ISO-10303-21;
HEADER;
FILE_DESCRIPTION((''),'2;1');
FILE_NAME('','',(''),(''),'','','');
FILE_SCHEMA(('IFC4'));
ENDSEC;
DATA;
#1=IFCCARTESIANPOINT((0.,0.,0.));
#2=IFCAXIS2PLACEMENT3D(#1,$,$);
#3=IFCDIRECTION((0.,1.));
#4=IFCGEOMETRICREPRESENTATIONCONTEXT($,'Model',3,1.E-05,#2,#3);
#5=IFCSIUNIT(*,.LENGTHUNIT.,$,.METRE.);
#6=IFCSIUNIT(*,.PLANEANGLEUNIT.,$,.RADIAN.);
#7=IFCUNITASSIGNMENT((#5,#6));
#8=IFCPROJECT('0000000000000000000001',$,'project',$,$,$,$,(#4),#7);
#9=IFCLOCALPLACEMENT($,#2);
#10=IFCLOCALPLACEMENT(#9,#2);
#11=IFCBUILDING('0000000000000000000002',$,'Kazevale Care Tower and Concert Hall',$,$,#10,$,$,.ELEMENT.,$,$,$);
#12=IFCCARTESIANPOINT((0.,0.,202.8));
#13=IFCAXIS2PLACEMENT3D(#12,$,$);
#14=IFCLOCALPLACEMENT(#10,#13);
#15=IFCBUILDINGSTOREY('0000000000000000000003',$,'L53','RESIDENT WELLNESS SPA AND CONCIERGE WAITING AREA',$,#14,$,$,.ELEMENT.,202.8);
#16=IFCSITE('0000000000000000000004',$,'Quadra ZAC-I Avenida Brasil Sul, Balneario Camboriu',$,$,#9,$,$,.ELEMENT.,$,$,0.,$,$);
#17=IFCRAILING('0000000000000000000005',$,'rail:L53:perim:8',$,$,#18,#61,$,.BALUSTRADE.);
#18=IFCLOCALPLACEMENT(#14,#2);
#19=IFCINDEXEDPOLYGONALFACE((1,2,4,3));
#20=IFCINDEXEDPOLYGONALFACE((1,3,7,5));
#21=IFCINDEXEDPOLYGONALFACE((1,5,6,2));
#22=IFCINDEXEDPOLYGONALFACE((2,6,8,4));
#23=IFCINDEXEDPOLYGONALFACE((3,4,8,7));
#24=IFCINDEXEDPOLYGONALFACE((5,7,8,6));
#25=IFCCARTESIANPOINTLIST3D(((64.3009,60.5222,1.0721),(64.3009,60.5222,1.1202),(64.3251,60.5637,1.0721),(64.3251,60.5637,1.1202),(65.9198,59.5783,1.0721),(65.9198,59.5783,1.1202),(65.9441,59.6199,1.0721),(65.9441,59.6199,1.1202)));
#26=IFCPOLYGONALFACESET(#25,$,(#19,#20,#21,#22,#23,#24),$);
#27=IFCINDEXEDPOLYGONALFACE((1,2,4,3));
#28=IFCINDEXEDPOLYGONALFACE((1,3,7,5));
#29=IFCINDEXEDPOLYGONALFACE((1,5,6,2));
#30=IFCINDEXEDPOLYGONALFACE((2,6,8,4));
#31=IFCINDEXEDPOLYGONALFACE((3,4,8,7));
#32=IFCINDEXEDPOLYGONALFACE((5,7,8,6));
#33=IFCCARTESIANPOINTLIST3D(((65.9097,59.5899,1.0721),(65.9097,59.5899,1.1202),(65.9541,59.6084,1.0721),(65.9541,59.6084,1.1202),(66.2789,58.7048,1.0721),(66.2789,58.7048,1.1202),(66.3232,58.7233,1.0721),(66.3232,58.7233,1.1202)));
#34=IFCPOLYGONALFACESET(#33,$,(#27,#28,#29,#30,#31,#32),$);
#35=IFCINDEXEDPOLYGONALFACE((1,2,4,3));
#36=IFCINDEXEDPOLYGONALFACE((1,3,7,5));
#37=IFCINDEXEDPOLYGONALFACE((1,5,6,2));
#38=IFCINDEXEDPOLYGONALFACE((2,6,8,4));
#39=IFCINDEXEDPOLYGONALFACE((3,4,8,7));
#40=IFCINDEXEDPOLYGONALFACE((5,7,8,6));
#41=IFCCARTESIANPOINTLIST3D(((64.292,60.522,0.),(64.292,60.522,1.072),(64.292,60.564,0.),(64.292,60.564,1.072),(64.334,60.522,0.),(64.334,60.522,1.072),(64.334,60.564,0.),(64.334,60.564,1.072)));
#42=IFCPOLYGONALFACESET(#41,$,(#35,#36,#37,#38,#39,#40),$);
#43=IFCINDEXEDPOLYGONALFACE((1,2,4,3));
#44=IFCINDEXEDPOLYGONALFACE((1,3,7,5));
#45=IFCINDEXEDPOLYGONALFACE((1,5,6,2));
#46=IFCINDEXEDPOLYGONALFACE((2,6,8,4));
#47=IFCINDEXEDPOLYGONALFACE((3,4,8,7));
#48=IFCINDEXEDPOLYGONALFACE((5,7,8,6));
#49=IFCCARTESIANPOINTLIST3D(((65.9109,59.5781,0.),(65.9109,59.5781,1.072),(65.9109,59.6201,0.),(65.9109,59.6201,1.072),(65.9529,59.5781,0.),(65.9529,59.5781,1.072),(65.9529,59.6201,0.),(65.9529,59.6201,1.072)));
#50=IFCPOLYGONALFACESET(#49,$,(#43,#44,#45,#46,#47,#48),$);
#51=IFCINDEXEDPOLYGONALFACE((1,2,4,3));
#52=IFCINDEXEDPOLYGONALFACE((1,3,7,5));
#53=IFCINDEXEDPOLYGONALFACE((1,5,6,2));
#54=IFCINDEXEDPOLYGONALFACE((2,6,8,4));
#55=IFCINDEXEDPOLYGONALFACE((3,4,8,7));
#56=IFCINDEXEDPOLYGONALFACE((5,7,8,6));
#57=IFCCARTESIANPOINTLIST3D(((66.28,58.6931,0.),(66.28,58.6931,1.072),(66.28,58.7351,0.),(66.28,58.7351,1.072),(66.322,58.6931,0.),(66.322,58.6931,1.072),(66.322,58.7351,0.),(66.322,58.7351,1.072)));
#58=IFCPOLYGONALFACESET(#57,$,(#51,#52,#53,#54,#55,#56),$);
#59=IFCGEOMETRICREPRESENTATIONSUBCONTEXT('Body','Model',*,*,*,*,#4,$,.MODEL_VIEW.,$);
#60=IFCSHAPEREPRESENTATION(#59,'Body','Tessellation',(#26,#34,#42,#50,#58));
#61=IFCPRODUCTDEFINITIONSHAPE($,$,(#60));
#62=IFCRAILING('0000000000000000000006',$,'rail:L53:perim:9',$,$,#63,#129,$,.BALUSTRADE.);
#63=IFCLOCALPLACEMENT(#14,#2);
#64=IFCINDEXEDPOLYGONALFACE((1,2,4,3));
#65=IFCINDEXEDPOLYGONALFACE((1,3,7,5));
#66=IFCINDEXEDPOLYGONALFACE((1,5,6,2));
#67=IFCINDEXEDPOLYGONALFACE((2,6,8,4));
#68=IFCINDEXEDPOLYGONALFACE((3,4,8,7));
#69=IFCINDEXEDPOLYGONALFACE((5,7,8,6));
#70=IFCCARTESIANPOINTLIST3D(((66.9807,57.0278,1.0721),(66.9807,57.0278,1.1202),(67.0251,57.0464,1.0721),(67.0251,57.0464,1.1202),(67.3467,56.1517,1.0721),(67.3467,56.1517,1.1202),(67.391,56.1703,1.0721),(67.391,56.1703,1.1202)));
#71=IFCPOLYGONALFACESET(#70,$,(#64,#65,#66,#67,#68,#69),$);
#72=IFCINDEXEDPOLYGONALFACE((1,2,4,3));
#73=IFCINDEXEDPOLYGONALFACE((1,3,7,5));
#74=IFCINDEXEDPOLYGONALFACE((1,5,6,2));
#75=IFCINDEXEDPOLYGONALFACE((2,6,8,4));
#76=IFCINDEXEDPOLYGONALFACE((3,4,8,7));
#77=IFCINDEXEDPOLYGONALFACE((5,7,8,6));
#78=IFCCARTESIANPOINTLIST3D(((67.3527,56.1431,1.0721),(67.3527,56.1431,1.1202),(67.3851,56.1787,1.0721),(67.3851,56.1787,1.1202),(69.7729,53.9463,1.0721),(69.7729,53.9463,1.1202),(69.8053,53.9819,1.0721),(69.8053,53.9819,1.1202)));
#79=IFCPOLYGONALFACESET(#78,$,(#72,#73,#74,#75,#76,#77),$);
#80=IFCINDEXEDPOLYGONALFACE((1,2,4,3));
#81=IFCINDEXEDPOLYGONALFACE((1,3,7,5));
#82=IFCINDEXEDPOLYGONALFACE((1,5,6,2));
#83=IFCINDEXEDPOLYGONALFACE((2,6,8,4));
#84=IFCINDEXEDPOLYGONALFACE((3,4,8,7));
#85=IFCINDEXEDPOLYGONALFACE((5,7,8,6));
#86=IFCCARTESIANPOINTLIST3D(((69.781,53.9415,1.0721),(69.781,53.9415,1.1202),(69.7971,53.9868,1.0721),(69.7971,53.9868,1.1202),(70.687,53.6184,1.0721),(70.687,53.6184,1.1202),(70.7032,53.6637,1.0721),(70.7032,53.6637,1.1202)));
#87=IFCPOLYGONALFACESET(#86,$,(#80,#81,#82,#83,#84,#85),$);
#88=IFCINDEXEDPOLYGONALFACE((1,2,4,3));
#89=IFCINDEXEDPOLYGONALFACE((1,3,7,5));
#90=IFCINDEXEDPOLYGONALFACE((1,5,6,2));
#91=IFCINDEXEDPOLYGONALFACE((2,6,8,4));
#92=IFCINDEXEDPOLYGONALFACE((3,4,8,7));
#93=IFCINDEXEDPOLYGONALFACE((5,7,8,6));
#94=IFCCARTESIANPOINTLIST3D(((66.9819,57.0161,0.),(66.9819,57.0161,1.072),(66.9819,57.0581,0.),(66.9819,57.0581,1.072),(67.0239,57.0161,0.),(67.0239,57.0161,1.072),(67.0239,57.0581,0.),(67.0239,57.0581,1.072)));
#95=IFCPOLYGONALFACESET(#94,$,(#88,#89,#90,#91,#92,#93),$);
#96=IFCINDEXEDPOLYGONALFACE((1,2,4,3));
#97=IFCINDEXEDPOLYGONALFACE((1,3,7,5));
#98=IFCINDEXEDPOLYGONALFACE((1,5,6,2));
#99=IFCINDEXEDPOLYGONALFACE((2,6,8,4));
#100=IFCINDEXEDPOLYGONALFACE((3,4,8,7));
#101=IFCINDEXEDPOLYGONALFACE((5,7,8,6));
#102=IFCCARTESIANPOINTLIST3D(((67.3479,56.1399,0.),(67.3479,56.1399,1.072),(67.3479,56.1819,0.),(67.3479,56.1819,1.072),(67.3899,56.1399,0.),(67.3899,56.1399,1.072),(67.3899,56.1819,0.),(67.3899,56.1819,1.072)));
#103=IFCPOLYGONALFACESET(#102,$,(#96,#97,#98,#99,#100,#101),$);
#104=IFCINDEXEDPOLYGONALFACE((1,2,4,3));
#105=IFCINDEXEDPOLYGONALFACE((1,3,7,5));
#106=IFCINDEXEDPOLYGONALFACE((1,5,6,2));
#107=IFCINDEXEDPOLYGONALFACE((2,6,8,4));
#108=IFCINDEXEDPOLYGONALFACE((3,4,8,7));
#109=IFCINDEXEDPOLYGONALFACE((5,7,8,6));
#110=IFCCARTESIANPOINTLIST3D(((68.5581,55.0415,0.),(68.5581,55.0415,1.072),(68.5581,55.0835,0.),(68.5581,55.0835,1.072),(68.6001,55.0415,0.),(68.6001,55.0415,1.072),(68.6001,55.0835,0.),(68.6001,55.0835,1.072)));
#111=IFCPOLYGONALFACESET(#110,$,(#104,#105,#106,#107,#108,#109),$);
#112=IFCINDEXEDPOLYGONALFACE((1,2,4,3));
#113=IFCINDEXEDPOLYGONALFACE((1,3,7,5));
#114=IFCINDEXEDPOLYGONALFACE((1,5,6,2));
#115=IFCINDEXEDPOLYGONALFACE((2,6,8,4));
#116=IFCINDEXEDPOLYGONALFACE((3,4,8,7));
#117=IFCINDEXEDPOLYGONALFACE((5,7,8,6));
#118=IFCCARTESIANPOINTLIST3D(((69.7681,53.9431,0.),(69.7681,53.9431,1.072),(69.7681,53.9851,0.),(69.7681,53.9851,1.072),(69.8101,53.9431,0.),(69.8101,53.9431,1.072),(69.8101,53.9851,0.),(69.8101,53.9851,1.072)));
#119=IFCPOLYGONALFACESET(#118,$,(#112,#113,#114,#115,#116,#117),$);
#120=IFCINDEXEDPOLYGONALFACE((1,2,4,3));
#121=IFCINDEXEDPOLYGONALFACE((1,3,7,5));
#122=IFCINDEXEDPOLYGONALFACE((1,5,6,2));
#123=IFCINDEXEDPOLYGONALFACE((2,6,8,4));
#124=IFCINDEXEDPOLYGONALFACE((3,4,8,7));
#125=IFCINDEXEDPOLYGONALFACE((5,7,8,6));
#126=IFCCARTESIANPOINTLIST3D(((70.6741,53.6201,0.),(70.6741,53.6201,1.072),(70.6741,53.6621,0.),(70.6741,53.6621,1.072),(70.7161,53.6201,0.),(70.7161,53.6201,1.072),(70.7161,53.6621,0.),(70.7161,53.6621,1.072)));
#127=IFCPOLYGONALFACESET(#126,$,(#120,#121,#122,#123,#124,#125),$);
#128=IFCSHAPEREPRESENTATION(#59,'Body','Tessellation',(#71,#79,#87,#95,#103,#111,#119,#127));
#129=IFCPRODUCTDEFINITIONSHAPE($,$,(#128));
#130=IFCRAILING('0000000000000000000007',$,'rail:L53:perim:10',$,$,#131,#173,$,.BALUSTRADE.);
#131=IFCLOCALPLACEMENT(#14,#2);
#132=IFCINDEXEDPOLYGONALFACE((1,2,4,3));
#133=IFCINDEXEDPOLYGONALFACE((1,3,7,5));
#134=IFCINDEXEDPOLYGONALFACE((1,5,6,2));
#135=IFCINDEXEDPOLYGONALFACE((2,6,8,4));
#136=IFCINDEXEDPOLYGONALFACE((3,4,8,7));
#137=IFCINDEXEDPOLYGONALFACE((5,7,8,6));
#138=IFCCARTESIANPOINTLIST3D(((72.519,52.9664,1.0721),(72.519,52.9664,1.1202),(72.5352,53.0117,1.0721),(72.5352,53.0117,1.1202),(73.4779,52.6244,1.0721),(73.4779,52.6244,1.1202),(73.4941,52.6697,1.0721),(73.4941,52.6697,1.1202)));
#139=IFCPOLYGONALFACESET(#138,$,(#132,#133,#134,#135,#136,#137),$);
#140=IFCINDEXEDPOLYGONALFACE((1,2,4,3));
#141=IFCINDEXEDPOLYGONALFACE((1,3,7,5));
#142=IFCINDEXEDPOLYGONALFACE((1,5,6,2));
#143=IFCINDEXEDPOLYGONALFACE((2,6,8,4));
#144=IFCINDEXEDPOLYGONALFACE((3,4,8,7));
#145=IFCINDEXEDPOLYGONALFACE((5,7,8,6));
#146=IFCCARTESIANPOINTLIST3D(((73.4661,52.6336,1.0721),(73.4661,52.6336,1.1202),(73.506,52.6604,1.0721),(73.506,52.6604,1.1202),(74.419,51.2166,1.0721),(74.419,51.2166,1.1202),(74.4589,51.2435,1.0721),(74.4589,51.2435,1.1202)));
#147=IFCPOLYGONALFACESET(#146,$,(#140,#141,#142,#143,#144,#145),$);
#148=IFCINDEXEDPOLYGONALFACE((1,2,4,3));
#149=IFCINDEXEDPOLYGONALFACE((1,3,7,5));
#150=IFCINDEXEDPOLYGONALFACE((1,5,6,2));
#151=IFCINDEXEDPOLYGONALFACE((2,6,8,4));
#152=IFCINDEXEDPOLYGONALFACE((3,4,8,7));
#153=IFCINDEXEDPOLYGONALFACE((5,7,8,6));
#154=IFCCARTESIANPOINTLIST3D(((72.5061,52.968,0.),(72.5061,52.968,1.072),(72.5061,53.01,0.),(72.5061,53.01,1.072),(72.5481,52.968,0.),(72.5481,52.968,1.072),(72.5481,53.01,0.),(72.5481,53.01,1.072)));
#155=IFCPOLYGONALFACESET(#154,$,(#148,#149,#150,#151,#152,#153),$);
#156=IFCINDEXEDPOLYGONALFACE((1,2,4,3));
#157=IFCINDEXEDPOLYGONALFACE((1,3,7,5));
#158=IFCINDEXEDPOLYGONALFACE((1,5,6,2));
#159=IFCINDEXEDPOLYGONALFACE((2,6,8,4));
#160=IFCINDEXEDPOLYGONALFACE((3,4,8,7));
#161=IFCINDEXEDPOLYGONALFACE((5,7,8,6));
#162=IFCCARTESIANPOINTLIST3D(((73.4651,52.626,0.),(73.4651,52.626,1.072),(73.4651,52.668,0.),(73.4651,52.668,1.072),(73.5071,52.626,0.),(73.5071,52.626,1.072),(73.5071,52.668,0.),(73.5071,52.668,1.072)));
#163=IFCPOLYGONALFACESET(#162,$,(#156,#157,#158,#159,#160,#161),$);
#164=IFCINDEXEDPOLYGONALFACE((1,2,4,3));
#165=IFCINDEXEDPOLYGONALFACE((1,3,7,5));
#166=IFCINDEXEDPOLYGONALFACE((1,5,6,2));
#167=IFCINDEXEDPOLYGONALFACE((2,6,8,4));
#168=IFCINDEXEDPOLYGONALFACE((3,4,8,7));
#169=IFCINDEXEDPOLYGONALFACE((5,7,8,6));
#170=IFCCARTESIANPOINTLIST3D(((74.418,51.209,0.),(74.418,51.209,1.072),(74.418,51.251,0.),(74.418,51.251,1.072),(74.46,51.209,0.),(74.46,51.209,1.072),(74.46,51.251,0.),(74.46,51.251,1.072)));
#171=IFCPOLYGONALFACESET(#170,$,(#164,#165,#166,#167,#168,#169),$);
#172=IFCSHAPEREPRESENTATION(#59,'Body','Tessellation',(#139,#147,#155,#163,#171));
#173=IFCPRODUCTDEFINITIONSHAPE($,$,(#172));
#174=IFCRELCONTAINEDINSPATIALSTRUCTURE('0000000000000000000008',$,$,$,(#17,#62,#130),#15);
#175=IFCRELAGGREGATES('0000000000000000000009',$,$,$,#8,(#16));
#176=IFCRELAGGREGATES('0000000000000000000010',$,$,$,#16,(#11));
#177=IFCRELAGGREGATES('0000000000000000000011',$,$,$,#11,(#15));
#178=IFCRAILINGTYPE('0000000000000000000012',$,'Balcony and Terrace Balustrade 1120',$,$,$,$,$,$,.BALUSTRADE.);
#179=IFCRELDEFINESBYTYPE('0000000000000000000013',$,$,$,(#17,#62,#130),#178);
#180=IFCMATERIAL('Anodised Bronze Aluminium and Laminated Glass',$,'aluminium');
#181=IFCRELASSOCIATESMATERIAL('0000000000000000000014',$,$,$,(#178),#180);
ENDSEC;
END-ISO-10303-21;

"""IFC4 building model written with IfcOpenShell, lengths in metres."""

from ifc_helpers import new_model, si_unit, direction, frame, origin, origin_2d, place, context, subcontext, project, spatial, rectangle, extrude, material, type_object, element, save


model = new_model("IFC4")

# Units and contexts
model_context = context("Model", 3, precision=1e-05, world=origin(), true_north=direction((0.0, 1.0)))
body_context = subcontext(model_context, "Body", "Model", "MODEL_VIEW")
ifc_project = project(units=[si_unit("LENGTHUNIT", "METRE"), si_unit("PLANEANGLEUNIT", "RADIAN")], contexts=[model_context])

# Site, building, storey
site_placement = place(None, origin())
site = spatial("IfcSite", under=ifc_project, at=site_placement, Name="Quadra ZAC-I Avenida Brasil Sul, Balneario Camboriu", CompositionType="ELEMENT", RefElevation=0.0)
building_placement = place(site_placement, origin())
building = spatial("IfcBuilding", under=site, at=building_placement, Name="Kazevale Care Tower and Concert Hall", CompositionType="ELEMENT")
storey_placement = place(building_placement, frame((0.0, 0.0, 202.8)))
storey = spatial("IfcBuildingStorey", under=building, at=storey_placement, Name="L53", Description="RESIDENT WELLNESS SPA AND CONCIERGE WAITING AREA", CompositionType="ELEMENT", Elevation=202.8)

# Railings
ifc_material_1 = material(Name="Anodised Bronze Aluminium and Laminated Glass", Category="aluminium")
railing_type = type_object("IfcRailingType", Name="Balcony and Terrace Balustrade 1120", PredefinedType="BALUSTRADE", material=ifc_material_1)
railing_1_placement = place(storey_placement, frame((64.313, 60.543, 0.0)))
element("IfcRailing", 1, at=railing_1_placement, inside=storey, type_object=railing_type, Name="rail:L53:perim:8", PredefinedType="BALUSTRADE", context=body_context, shape_type="SweptSolid", body=[
    extrude(rectangle(XDim=0.0481, YDim=0.0481, at=origin_2d()), frame((0.0, 0.0, 1.0962), z_axis=(0.863897, -0.503669, 0.0), x_axis=(0.503669, 0.863897, 0.0)), (0.0, 0.0, 1.0), 1.874),
    extrude(rectangle(XDim=0.0481, YDim=0.0481, at=origin_2d()), frame((1.6189, -0.9438, 1.0962), z_axis=(0.384959, -0.922934, 0.0), x_axis=(0.922934, 0.384959, 0.0)), (0.0, 0.0, 1.0), 0.959),
    extrude(rectangle(XDim=0.042, YDim=0.042, at=origin_2d()), origin(), (0.0, 0.0, 1.0), 1.072),
    extrude(rectangle(XDim=0.042, YDim=0.042, at=origin_2d()), frame((1.6189, -0.9438, 0.0)), (0.0, 0.0, 1.0), 1.072),
    extrude(rectangle(XDim=0.042, YDim=0.042, at=origin_2d()), frame((1.988, -1.8289, 0.0)), (0.0, 0.0, 1.0), 1.072),
])
railing_2_placement = place(storey_placement, frame((67.0029, 57.0371, 0.0)))
element("IfcRailing", 2, at=railing_2_placement, inside=storey, type_object=railing_type, Name="rail:L53:perim:9", PredefinedType="BALUSTRADE", context=body_context, shape_type="SweptSolid", body=[
    extrude(rectangle(XDim=0.0481, YDim=0.0481, at=origin_2d()), frame((0.0, 0.0, 1.0962), z_axis=(0.3854, -0.92275, 0.0), x_axis=(0.92275, 0.3854, 0.0)), (0.0, 0.0, 1.0), 0.9495),
    extrude(rectangle(XDim=0.0481, YDim=0.0481, at=origin_2d()), frame((0.366, -0.8762, 1.0962), z_axis=(0.740454, -0.672107, 0.0), x_axis=(0.672107, 0.740454, 0.0)), (0.0, 0.0, 1.0), 3.2686),
    extrude(rectangle(XDim=0.0481, YDim=0.0481, at=origin_2d()), frame((2.7861, -3.073, 1.0962), z_axis=(0.941931, -0.335806, 0.0), x_axis=(0.335806, 0.941931, 0.0)), (0.0, 0.0, 1.0), 0.9619),
    extrude(rectangle(XDim=0.042, YDim=0.042, at=origin_2d()), origin(), (0.0, 0.0, 1.0), 1.072),
    extrude(rectangle(XDim=0.042, YDim=0.042, at=origin_2d()), frame((0.366, -0.8762, 0.0)), (0.0, 0.0, 1.0), 1.072),
    extrude(rectangle(XDim=0.042, YDim=0.042, at=origin_2d()), frame((1.5762, -1.9746, 0.0)), (0.0, 0.0, 1.0), 1.072),
    extrude(rectangle(XDim=0.042, YDim=0.042, at=origin_2d()), frame((2.7861, -3.073, 0.0)), (0.0, 0.0, 1.0), 1.072),
    extrude(rectangle(XDim=0.042, YDim=0.042, at=origin_2d()), frame((3.6921, -3.396, 0.0)), (0.0, 0.0, 1.0), 1.072),
])
railing_3_placement = place(storey_placement, frame((72.5271, 52.989, 0.0)))
element("IfcRailing", 3, at=railing_3_placement, inside=storey, type_object=railing_type, Name="rail:L53:perim:10", PredefinedType="BALUSTRADE", context=body_context, shape_type="SweptSolid", body=[
    extrude(rectangle(XDim=0.0481, YDim=0.0481, at=origin_2d()), frame((0.0, 0.0, 1.0962), z_axis=(0.941883, -0.335941, 0.0), x_axis=(0.335941, 0.941883, 0.0)), (0.0, 0.0, 1.0), 1.0181),
    extrude(rectangle(XDim=0.0481, YDim=0.0481, at=origin_2d()), frame((0.959, -0.342, 1.0962), z_axis=(0.558028, -0.829822, 0.0), x_axis=(0.829822, 0.558028, 0.0)), (0.0, 0.0, 1.0), 1.7075),
    extrude(rectangle(XDim=0.042, YDim=0.042, at=origin_2d()), origin(), (0.0, 0.0, 1.0), 1.072),
    extrude(rectangle(XDim=0.042, YDim=0.042, at=origin_2d()), frame((0.959, -0.342, 0.0)), (0.0, 0.0, 1.0), 1.072),
    extrude(rectangle(XDim=0.042, YDim=0.042, at=origin_2d()), frame((1.9119, -1.759, 0.0)), (0.0, 0.0, 1.0), 1.072),
])

save(model, "model.ifc")
